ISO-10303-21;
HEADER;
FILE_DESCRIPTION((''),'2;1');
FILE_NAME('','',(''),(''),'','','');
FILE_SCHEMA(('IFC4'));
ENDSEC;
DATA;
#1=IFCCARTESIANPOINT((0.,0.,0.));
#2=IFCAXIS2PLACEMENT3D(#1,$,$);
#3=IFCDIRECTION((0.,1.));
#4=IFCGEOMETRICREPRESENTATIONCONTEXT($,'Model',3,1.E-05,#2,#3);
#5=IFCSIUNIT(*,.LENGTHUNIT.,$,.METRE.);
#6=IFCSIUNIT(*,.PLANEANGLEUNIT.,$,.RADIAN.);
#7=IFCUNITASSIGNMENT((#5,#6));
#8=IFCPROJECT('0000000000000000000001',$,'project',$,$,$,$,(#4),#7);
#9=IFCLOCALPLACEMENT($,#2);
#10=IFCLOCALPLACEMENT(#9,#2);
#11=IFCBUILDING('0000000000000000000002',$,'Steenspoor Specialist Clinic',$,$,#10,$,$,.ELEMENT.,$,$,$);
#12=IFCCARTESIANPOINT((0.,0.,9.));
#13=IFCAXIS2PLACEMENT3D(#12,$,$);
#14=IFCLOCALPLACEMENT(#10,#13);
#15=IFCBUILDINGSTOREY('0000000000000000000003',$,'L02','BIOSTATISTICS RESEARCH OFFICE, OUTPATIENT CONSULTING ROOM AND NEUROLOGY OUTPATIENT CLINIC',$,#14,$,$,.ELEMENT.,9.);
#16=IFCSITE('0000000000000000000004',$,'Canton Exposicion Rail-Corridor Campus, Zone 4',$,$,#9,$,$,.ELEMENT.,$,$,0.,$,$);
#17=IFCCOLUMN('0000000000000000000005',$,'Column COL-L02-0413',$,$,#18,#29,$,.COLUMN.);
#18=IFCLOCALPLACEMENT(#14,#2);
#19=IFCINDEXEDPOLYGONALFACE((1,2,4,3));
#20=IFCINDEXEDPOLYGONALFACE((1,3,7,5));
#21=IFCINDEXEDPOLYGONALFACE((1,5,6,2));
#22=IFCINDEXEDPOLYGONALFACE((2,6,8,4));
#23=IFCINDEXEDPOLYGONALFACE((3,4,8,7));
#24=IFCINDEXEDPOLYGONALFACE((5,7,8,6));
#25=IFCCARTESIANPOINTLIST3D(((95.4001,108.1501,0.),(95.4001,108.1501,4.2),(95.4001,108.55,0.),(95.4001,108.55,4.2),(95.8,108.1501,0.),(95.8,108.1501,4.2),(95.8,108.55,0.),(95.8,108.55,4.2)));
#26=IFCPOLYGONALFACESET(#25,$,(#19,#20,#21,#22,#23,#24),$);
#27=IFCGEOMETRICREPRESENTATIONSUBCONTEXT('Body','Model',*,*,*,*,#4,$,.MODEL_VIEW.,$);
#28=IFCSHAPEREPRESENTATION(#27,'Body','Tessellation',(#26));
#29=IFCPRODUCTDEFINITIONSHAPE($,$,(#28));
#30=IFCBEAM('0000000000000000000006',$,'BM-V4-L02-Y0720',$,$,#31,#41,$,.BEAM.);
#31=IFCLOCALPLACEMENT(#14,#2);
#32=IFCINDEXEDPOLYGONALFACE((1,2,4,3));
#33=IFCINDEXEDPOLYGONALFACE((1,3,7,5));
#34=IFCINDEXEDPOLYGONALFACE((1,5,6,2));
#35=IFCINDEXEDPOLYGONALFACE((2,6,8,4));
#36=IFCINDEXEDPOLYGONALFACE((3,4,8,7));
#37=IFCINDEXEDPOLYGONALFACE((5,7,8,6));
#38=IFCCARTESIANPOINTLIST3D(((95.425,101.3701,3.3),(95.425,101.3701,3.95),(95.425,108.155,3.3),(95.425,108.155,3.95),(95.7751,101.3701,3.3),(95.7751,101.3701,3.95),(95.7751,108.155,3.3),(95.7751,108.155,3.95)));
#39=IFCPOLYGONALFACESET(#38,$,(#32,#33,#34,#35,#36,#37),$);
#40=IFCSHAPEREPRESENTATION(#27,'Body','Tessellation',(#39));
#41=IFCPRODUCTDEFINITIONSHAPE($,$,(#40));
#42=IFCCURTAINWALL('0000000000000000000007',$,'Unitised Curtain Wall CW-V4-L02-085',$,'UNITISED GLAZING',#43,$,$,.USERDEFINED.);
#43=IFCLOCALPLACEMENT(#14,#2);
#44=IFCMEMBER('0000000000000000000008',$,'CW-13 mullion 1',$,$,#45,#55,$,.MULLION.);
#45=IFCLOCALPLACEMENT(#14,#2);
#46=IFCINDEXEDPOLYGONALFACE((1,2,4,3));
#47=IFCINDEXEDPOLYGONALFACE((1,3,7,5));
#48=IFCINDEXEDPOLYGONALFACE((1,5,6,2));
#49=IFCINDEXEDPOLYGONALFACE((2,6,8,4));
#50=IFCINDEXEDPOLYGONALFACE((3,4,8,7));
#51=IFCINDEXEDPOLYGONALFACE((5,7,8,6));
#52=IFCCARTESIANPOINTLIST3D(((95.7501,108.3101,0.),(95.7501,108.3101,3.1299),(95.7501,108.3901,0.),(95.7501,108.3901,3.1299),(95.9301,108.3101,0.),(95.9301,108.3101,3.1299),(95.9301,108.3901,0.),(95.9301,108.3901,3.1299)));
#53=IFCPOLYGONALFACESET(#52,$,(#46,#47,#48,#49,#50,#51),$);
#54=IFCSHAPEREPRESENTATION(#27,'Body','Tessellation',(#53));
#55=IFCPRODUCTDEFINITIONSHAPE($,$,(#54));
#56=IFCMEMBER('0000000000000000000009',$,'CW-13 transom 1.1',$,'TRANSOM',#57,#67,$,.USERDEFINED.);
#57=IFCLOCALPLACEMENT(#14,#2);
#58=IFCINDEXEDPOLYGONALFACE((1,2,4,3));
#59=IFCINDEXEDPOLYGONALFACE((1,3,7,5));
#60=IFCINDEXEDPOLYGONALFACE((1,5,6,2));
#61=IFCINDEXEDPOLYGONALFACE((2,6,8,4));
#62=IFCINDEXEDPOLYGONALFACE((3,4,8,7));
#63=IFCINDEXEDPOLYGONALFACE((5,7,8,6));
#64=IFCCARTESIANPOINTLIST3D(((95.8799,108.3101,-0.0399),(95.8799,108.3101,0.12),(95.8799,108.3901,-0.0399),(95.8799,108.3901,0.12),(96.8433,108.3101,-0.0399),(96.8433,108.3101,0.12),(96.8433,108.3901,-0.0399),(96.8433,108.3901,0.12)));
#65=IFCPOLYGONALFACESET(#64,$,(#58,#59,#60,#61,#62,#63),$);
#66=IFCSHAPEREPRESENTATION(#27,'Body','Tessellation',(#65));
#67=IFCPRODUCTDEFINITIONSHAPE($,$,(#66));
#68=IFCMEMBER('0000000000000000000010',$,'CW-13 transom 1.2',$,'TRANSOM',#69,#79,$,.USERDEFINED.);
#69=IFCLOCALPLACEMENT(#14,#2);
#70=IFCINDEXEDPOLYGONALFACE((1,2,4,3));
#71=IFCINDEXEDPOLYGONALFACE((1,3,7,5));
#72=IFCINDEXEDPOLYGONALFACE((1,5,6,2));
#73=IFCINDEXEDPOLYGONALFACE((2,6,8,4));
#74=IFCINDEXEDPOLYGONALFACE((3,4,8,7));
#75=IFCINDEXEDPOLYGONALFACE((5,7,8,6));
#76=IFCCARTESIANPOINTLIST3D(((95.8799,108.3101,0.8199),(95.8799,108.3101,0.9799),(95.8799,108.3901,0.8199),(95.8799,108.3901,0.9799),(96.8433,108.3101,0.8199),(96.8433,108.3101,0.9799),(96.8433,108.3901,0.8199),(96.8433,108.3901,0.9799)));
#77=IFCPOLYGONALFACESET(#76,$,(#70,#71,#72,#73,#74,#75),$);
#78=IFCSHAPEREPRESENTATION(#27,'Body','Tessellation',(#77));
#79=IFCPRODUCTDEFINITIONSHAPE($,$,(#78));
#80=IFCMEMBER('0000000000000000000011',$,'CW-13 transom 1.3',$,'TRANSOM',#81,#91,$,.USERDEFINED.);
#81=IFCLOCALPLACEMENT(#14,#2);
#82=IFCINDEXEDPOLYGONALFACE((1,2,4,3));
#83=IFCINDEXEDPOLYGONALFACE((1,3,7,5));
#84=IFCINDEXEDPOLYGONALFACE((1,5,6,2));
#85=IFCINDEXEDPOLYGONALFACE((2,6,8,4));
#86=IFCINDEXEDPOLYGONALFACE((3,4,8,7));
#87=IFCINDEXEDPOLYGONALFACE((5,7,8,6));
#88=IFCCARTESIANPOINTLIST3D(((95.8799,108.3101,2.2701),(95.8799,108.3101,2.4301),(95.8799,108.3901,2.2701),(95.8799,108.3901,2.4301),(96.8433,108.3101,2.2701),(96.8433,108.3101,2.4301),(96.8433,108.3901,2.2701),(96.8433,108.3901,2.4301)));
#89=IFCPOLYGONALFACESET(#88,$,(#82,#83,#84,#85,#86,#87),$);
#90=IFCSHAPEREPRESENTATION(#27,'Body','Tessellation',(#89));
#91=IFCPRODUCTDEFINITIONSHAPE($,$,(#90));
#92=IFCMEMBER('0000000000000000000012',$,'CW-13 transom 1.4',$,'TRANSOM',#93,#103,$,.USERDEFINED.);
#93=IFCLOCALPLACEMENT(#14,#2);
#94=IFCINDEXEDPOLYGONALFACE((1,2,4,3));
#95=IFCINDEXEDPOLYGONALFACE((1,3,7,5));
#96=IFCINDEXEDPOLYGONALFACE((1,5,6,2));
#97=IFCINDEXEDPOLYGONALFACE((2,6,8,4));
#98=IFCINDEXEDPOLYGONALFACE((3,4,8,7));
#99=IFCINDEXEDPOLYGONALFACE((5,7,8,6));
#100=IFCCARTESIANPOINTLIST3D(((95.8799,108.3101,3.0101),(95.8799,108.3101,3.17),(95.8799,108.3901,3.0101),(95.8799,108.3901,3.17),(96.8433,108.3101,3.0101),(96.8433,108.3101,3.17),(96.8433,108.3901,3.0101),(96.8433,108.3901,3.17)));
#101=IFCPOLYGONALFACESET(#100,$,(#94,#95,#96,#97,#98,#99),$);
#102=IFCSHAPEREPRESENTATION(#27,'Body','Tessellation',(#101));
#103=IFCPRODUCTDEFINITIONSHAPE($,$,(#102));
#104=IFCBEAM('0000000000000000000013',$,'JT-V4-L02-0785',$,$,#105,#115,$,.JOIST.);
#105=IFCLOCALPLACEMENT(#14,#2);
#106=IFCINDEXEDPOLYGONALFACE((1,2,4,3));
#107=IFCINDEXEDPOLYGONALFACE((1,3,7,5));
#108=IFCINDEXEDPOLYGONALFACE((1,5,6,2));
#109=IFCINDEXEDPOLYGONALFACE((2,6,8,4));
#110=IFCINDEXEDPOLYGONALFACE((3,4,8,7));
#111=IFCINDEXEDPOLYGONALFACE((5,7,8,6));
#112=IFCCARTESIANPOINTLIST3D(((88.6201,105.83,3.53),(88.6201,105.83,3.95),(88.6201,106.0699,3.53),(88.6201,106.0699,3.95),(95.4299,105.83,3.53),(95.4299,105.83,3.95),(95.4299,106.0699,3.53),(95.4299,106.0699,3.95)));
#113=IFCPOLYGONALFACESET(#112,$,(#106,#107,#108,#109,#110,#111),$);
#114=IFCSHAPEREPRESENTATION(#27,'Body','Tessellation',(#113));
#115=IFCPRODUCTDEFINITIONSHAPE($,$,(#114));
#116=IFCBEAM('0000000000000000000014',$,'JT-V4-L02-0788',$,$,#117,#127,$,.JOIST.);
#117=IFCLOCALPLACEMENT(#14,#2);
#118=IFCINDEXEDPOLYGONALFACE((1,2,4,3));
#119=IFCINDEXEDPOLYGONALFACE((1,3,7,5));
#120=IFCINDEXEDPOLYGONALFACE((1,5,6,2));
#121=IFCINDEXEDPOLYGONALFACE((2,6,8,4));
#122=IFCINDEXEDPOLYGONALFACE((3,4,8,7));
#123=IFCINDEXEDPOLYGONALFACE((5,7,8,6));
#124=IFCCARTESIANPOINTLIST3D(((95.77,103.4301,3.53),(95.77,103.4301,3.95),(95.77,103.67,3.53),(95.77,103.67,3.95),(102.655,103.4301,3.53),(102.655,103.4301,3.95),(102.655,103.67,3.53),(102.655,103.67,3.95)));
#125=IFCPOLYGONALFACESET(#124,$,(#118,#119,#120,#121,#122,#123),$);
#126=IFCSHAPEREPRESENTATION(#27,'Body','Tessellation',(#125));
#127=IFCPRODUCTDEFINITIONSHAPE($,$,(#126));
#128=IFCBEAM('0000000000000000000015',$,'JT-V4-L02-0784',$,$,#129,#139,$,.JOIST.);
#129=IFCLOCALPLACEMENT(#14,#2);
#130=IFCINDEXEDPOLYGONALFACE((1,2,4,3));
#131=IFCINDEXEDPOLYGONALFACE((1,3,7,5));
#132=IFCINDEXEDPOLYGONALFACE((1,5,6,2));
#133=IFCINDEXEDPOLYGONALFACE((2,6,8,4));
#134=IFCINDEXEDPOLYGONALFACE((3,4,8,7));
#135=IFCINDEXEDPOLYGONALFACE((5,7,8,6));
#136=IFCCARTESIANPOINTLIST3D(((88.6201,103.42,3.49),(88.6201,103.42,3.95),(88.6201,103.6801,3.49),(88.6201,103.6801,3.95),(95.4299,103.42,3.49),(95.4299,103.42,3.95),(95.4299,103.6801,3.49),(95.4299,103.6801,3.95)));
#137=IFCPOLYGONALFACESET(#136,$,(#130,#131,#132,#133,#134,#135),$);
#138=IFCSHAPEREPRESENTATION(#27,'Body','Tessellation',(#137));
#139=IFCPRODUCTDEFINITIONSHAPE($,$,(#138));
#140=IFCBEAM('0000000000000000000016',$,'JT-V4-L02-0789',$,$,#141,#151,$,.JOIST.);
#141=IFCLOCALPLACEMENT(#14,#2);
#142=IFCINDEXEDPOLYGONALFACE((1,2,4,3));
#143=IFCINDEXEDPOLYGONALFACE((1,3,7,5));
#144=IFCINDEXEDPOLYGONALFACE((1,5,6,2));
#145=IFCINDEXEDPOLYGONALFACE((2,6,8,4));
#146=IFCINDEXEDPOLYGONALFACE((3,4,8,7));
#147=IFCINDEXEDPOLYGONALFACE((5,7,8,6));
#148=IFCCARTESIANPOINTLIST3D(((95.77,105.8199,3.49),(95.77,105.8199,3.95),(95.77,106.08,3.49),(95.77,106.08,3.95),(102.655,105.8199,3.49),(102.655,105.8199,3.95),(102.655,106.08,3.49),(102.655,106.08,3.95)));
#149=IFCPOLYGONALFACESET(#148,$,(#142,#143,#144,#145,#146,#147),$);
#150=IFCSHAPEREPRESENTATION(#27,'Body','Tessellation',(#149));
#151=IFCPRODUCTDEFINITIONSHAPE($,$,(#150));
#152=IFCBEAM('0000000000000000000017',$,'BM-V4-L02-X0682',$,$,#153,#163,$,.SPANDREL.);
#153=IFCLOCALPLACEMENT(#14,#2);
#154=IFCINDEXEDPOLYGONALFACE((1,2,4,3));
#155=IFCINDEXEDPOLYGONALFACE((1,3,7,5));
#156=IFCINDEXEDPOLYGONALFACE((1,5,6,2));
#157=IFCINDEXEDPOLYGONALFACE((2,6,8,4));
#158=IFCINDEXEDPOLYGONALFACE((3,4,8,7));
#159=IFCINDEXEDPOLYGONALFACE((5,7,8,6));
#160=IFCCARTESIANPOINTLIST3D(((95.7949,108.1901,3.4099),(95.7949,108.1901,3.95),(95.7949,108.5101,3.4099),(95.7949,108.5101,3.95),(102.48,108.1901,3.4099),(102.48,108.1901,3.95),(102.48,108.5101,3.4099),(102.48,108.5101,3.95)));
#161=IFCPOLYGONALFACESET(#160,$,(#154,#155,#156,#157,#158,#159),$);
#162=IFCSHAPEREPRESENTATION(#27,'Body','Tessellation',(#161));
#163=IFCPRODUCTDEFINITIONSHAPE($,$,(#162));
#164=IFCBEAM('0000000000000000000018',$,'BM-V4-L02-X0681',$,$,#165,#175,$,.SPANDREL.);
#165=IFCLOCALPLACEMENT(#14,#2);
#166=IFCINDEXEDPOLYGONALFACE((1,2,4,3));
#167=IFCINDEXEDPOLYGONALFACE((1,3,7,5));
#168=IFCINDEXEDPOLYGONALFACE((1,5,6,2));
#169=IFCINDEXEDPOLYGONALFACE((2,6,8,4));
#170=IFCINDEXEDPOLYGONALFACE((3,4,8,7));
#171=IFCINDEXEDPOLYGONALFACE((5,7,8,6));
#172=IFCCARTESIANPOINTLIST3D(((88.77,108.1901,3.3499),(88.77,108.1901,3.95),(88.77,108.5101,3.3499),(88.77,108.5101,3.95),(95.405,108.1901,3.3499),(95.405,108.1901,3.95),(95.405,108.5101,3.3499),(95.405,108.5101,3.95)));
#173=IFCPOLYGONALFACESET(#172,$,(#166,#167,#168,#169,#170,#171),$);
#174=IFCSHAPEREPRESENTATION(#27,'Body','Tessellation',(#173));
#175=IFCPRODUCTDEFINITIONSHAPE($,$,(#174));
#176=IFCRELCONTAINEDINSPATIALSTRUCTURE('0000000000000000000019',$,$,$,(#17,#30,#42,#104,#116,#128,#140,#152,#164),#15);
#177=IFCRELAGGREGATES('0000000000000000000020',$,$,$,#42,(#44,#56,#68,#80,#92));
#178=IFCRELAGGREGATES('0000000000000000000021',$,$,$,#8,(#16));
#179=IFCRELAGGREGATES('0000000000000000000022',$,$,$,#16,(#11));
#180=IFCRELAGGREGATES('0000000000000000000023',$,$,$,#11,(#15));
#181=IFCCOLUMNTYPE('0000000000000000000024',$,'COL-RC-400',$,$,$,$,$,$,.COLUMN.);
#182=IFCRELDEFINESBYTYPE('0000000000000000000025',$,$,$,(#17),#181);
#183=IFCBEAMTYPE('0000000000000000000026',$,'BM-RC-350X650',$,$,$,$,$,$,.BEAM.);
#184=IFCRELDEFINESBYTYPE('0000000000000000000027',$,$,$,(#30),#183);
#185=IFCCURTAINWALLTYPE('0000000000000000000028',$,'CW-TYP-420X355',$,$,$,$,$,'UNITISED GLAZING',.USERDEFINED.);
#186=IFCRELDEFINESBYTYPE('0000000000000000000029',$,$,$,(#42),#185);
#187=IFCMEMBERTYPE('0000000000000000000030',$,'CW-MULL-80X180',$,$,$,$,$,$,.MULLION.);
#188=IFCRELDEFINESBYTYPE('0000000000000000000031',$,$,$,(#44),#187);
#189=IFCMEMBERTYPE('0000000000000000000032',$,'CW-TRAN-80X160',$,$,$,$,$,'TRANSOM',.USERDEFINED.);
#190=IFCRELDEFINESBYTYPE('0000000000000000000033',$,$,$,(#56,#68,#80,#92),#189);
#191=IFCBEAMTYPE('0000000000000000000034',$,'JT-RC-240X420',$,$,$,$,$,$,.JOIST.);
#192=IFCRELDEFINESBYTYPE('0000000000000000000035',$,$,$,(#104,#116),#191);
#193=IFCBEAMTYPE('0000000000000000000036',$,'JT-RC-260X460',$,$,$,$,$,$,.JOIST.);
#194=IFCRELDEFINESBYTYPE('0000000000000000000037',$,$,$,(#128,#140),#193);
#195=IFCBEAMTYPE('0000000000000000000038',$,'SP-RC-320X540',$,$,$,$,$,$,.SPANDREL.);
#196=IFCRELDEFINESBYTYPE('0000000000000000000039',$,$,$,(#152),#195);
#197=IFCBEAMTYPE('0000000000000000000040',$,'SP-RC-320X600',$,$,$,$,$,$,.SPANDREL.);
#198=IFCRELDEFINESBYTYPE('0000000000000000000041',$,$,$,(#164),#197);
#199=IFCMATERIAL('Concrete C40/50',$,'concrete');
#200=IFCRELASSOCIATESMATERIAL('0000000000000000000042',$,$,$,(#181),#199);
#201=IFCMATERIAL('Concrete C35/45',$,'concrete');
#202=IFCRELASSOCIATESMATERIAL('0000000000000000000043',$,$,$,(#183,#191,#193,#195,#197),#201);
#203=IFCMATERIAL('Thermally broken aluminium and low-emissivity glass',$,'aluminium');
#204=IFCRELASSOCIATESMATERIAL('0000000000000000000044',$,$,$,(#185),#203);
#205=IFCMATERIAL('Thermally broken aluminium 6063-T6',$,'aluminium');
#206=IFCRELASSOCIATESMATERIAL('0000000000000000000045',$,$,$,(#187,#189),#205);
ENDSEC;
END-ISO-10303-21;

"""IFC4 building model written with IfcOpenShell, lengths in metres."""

from ifc_helpers import new_model, si_unit, direction, frame, origin, origin_2d, place, context, subcontext, project, spatial, rectangle, extrude, material, material_profile, profile_set, type_object, element, aggregate, save


model = new_model("IFC4")

# Units and contexts
model_context = context("Model", 3, precision=1e-05, world=origin(), true_north=direction((0.0, 1.0)))
body_context = subcontext(model_context, "Body", "Model", "MODEL_VIEW")
ifc_project = project(units=[si_unit("LENGTHUNIT", "METRE"), si_unit("PLANEANGLEUNIT", "RADIAN")], contexts=[model_context])

# Site, building, storey
site_placement = place(None, origin())
site = spatial("IfcSite", under=ifc_project, at=site_placement, Name="Canton Exposicion Rail-Corridor Campus, Zone 4", CompositionType="ELEMENT", RefElevation=0.0)
building_placement = place(site_placement, origin())
building = spatial("IfcBuilding", under=site, at=building_placement, Name="Steenspoor Specialist Clinic", CompositionType="ELEMENT")
storey_placement = place(building_placement, frame((0.0, 0.0, 9.0)))
storey = spatial("IfcBuildingStorey", under=building, at=storey_placement, Name="L02", Description="BIOSTATISTICS RESEARCH OFFICE, OUTPATIENT CONSULTING ROOM AND NEUROLOGY OUTPATIENT CLINIC", CompositionType="ELEMENT", Elevation=9.0)

# Column
ifc_material_1 = material(Name="Concrete C40/50", Category="concrete")
ifc_material_profile_1 = material_profile(ifc_material_1, rectangle(XDim=0.3999, YDim=0.3999, at=origin_2d()), Name="RC-COL-400X400")
ifc_profile_set_1 = profile_set([ifc_material_profile_1], Name="Concrete C40/50")
column_type = type_object("IfcColumnType", Name="COL-RC-400", PredefinedType="COLUMN", material=ifc_profile_set_1)
column_placement = place(storey_placement, frame((95.6001, 108.3501, 0.0), z_axis=(0.0, 0.0, 1.0), x_axis=(1.0, 0.0, 0.0)))
element("IfcColumn", 1, at=column_placement, inside=storey, type_object=column_type, Name="Column COL-L02-0413", PredefinedType="COLUMN", context=body_context, shape_type="SweptSolid", body=[
    extrude(rectangle(XDim=0.3999, YDim=0.3999, at=origin_2d()), origin(), (0.0, 0.0, 1.0), 4.2),
])

# Beam
ifc_material_2 = material(Name="Concrete C35/45", Category="concrete")
ifc_material_profile_2 = material_profile(ifc_material_2, rectangle(XDim=0.3501, YDim=0.6499, at=origin_2d()), Name="RC-BM-350X650")
ifc_profile_set_2 = profile_set([ifc_material_profile_2], Name="Concrete C35/45")
beam_type_1 = type_object("IfcBeamType", Name="BM-RC-350X650", PredefinedType="BEAM", material=ifc_profile_set_2)
beam_1_placement = place(storey_placement, frame((95.6001, 101.3701, 3.625), z_axis=(0.0, 1.0, 0.0), x_axis=(-1.0, 0.0, 0.0)))
element("IfcBeam", 2, at=beam_1_placement, inside=storey, type_object=beam_type_1, Name="BM-V4-L02-Y0720", PredefinedType="BEAM", context=body_context, shape_type="SweptSolid", body=[
    extrude(rectangle(XDim=0.3501, YDim=0.6499, at=origin_2d()), origin(), (0.0, 0.0, 1.0), 6.7849),
])

# Curtain wall, members
ifc_material_3 = material(Name="Thermally broken aluminium and low-emissivity glass", Category="aluminium")
curtain_wall_type = type_object("IfcCurtainWallType", Name="CW-TYP-420X355", ElementType="UNITISED GLAZING", PredefinedType="USERDEFINED", material=ifc_material_3)
curtain_wall_placement = place(storey_placement, origin())
curtain_wall = element("IfcCurtainWall", 3, at=curtain_wall_placement, inside=storey, type_object=curtain_wall_type, Name="Unitised Curtain Wall CW-V4-L02-085", ObjectType="UNITISED GLAZING", PredefinedType="USERDEFINED")
ifc_material_4 = material(Name="Thermally broken aluminium 6063-T6", Category="aluminium")
ifc_material_profile_3 = material_profile(ifc_material_4, rectangle(XDim=0.0801, YDim=0.1799, at=origin_2d()), Name="CWM-80X180")
ifc_profile_set_3 = profile_set([ifc_material_profile_3], Name="Thermally broken aluminium 6063-T6")
member_type_1 = type_object("IfcMemberType", Name="CW-MULL-80X180", PredefinedType="MULLION", material=ifc_profile_set_3)
member_1_placement = place(storey_placement, frame((95.8401, 108.3501, 0.0), z_axis=(0.0, 0.0, 1.0), x_axis=(0.0, 1.0, 0.0)))
member_1 = element("IfcMember", 4, at=member_1_placement, type_object=member_type_1, Name="CW-13 mullion 1", PredefinedType="MULLION", context=body_context, shape_type="SweptSolid", body=[
    extrude(rectangle(XDim=0.0801, YDim=0.1799, at=origin_2d()), origin(), (0.0, 0.0, 1.0), 3.1299),
])
ifc_material_profile_4 = material_profile(ifc_material_4, rectangle(XDim=0.0801, YDim=0.1599, at=origin_2d()), Name="CWT-80X160")
ifc_profile_set_4 = profile_set([ifc_material_profile_4], Name="Thermally broken aluminium 6063-T6")
member_type_2 = type_object("IfcMemberType", Name="CW-TRAN-80X160", ElementType="TRANSOM", PredefinedType="USERDEFINED", material=ifc_profile_set_4)
member_2_placement = place(storey_placement, frame((95.8799, 108.3501, 0.04), z_axis=(1.0, 0.0, 0.0), x_axis=(0.0, 1.0, 0.0)))
member_2 = element("IfcMember", 5, at=member_2_placement, type_object=member_type_2, Name="CW-13 transom 1.1", ObjectType="TRANSOM", PredefinedType="USERDEFINED", context=body_context, shape_type="SweptSolid", body=[
    extrude(rectangle(XDim=0.0801, YDim=0.1599, at=origin_2d()), origin(), (0.0, 0.0, 1.0), 0.9634),
])
member_3_placement = place(storey_placement, frame((95.8799, 108.3501, 0.8999), z_axis=(1.0, 0.0, 0.0), x_axis=(0.0, 1.0, 0.0)))
member_3 = element("IfcMember", 6, at=member_3_placement, type_object=member_type_2, Name="CW-13 transom 1.2", ObjectType="TRANSOM", PredefinedType="USERDEFINED", context=body_context, shape_type="SweptSolid", body=[
    extrude(rectangle(XDim=0.0801, YDim=0.1599, at=origin_2d()), origin(), (0.0, 0.0, 1.0), 0.9634),
])
member_4_placement = place(storey_placement, frame((95.8799, 108.3501, 2.3501), z_axis=(1.0, 0.0, 0.0), x_axis=(0.0, 1.0, 0.0)))
member_4 = element("IfcMember", 7, at=member_4_placement, type_object=member_type_2, Name="CW-13 transom 1.3", ObjectType="TRANSOM", PredefinedType="USERDEFINED", context=body_context, shape_type="SweptSolid", body=[
    extrude(rectangle(XDim=0.0801, YDim=0.1599, at=origin_2d()), origin(), (0.0, 0.0, 1.0), 0.9634),
])
member_5_placement = place(storey_placement, frame((95.8799, 108.3501, 3.0901), z_axis=(1.0, 0.0, 0.0), x_axis=(0.0, 1.0, 0.0)))
member_5 = element("IfcMember", 8, at=member_5_placement, type_object=member_type_2, Name="CW-13 transom 1.4", ObjectType="TRANSOM", PredefinedType="USERDEFINED", context=body_context, shape_type="SweptSolid", body=[
    extrude(rectangle(XDim=0.0801, YDim=0.1599, at=origin_2d()), origin(), (0.0, 0.0, 1.0), 0.9634),
])

# Beams
ifc_material_profile_5 = material_profile(ifc_material_2, rectangle(XDim=0.24, YDim=0.4199, at=origin_2d()), Name="RC-JT-240X420")
ifc_profile_set_5 = profile_set([ifc_material_profile_5], Name="Concrete C35/45")
beam_type_2 = type_object("IfcBeamType", Name="JT-RC-240X420", PredefinedType="JOIST", material=ifc_profile_set_5)
beam_2_placement = place(storey_placement, frame((88.6201, 105.95, 3.74), z_axis=(1.0, 0.0, 0.0), x_axis=(0.0, 1.0, 0.0)))
element("IfcBeam", 9, at=beam_2_placement, inside=storey, type_object=beam_type_2, Name="JT-V4-L02-0785", PredefinedType="JOIST", context=body_context, shape_type="SweptSolid", body=[
    extrude(rectangle(XDim=0.24, YDim=0.4199, at=origin_2d()), origin(), (0.0, 0.0, 1.0), 6.8098),
])
beam_3_placement = place(storey_placement, frame((95.77, 103.55, 3.74), z_axis=(1.0, 0.0, 0.0), x_axis=(0.0, 1.0, 0.0)))
element("IfcBeam", 10, at=beam_3_placement, inside=storey, type_object=beam_type_2, Name="JT-V4-L02-0788", PredefinedType="JOIST", context=body_context, shape_type="SweptSolid", body=[
    extrude(rectangle(XDim=0.24, YDim=0.4199, at=origin_2d()), origin(), (0.0, 0.0, 1.0), 6.885),
])
ifc_material_profile_6 = material_profile(ifc_material_2, rectangle(XDim=0.26, YDim=0.46, at=origin_2d()), Name="RC-JT-260X460")
ifc_profile_set_6 = profile_set([ifc_material_profile_6], Name="Concrete C35/45")
beam_type_3 = type_object("IfcBeamType", Name="JT-RC-260X460", PredefinedType="JOIST", material=ifc_profile_set_6)
beam_4_placement = place(storey_placement, frame((88.6201, 103.55, 3.72), z_axis=(1.0, 0.0, 0.0), x_axis=(0.0, 1.0, 0.0)))
element("IfcBeam", 11, at=beam_4_placement, inside=storey, type_object=beam_type_3, Name="JT-V4-L02-0784", PredefinedType="JOIST", context=body_context, shape_type="SweptSolid", body=[
    extrude(rectangle(XDim=0.26, YDim=0.46, at=origin_2d()), origin(), (0.0, 0.0, 1.0), 6.8098),
])
beam_5_placement = place(storey_placement, frame((95.77, 105.95, 3.72), z_axis=(1.0, 0.0, 0.0), x_axis=(0.0, 1.0, 0.0)))
element("IfcBeam", 12, at=beam_5_placement, inside=storey, type_object=beam_type_3, Name="JT-V4-L02-0789", PredefinedType="JOIST", context=body_context, shape_type="SweptSolid", body=[
    extrude(rectangle(XDim=0.26, YDim=0.46, at=origin_2d()), origin(), (0.0, 0.0, 1.0), 6.885),
])
ifc_material_profile_7 = material_profile(ifc_material_2, rectangle(XDim=0.3201, YDim=0.54, at=origin_2d()), Name="RC-SP-320X540")
ifc_profile_set_7 = profile_set([ifc_material_profile_7], Name="Concrete C35/45")
beam_type_4 = type_object("IfcBeamType", Name="SP-RC-320X540", PredefinedType="SPANDREL", material=ifc_profile_set_7)
beam_6_placement = place(storey_placement, frame((95.7949, 108.3501, 3.6799), z_axis=(1.0, 0.0, 0.0), x_axis=(0.0, 1.0, 0.0)))
element("IfcBeam", 13, at=beam_6_placement, inside=storey, type_object=beam_type_4, Name="BM-V4-L02-X0682", PredefinedType="SPANDREL", context=body_context, shape_type="SweptSolid", body=[
    extrude(rectangle(XDim=0.3201, YDim=0.54, at=origin_2d()), origin(), (0.0, 0.0, 1.0), 6.6851),
])
ifc_material_profile_8 = material_profile(ifc_material_2, rectangle(XDim=0.3201, YDim=0.6001, at=origin_2d()), Name="RC-SP-320X600")
ifc_profile_set_8 = profile_set([ifc_material_profile_8], Name="Concrete C35/45")
beam_type_5 = type_object("IfcBeamType", Name="SP-RC-320X600", PredefinedType="SPANDREL", material=ifc_profile_set_8)
beam_7_placement = place(storey_placement, frame((88.77, 108.3501, 3.6499), z_axis=(1.0, 0.0, 0.0), x_axis=(0.0, 1.0, 0.0)))
element("IfcBeam", 14, at=beam_7_placement, inside=storey, type_object=beam_type_5, Name="BM-V4-L02-X0681", PredefinedType="SPANDREL", context=body_context, shape_type="SweptSolid", body=[
    extrude(rectangle(XDim=0.3201, YDim=0.6001, at=origin_2d()), origin(), (0.0, 0.0, 1.0), 6.635),
])

aggregate(curtain_wall, [member_1, member_2, member_3, member_4, member_5])

save(model, "model.ifc")
